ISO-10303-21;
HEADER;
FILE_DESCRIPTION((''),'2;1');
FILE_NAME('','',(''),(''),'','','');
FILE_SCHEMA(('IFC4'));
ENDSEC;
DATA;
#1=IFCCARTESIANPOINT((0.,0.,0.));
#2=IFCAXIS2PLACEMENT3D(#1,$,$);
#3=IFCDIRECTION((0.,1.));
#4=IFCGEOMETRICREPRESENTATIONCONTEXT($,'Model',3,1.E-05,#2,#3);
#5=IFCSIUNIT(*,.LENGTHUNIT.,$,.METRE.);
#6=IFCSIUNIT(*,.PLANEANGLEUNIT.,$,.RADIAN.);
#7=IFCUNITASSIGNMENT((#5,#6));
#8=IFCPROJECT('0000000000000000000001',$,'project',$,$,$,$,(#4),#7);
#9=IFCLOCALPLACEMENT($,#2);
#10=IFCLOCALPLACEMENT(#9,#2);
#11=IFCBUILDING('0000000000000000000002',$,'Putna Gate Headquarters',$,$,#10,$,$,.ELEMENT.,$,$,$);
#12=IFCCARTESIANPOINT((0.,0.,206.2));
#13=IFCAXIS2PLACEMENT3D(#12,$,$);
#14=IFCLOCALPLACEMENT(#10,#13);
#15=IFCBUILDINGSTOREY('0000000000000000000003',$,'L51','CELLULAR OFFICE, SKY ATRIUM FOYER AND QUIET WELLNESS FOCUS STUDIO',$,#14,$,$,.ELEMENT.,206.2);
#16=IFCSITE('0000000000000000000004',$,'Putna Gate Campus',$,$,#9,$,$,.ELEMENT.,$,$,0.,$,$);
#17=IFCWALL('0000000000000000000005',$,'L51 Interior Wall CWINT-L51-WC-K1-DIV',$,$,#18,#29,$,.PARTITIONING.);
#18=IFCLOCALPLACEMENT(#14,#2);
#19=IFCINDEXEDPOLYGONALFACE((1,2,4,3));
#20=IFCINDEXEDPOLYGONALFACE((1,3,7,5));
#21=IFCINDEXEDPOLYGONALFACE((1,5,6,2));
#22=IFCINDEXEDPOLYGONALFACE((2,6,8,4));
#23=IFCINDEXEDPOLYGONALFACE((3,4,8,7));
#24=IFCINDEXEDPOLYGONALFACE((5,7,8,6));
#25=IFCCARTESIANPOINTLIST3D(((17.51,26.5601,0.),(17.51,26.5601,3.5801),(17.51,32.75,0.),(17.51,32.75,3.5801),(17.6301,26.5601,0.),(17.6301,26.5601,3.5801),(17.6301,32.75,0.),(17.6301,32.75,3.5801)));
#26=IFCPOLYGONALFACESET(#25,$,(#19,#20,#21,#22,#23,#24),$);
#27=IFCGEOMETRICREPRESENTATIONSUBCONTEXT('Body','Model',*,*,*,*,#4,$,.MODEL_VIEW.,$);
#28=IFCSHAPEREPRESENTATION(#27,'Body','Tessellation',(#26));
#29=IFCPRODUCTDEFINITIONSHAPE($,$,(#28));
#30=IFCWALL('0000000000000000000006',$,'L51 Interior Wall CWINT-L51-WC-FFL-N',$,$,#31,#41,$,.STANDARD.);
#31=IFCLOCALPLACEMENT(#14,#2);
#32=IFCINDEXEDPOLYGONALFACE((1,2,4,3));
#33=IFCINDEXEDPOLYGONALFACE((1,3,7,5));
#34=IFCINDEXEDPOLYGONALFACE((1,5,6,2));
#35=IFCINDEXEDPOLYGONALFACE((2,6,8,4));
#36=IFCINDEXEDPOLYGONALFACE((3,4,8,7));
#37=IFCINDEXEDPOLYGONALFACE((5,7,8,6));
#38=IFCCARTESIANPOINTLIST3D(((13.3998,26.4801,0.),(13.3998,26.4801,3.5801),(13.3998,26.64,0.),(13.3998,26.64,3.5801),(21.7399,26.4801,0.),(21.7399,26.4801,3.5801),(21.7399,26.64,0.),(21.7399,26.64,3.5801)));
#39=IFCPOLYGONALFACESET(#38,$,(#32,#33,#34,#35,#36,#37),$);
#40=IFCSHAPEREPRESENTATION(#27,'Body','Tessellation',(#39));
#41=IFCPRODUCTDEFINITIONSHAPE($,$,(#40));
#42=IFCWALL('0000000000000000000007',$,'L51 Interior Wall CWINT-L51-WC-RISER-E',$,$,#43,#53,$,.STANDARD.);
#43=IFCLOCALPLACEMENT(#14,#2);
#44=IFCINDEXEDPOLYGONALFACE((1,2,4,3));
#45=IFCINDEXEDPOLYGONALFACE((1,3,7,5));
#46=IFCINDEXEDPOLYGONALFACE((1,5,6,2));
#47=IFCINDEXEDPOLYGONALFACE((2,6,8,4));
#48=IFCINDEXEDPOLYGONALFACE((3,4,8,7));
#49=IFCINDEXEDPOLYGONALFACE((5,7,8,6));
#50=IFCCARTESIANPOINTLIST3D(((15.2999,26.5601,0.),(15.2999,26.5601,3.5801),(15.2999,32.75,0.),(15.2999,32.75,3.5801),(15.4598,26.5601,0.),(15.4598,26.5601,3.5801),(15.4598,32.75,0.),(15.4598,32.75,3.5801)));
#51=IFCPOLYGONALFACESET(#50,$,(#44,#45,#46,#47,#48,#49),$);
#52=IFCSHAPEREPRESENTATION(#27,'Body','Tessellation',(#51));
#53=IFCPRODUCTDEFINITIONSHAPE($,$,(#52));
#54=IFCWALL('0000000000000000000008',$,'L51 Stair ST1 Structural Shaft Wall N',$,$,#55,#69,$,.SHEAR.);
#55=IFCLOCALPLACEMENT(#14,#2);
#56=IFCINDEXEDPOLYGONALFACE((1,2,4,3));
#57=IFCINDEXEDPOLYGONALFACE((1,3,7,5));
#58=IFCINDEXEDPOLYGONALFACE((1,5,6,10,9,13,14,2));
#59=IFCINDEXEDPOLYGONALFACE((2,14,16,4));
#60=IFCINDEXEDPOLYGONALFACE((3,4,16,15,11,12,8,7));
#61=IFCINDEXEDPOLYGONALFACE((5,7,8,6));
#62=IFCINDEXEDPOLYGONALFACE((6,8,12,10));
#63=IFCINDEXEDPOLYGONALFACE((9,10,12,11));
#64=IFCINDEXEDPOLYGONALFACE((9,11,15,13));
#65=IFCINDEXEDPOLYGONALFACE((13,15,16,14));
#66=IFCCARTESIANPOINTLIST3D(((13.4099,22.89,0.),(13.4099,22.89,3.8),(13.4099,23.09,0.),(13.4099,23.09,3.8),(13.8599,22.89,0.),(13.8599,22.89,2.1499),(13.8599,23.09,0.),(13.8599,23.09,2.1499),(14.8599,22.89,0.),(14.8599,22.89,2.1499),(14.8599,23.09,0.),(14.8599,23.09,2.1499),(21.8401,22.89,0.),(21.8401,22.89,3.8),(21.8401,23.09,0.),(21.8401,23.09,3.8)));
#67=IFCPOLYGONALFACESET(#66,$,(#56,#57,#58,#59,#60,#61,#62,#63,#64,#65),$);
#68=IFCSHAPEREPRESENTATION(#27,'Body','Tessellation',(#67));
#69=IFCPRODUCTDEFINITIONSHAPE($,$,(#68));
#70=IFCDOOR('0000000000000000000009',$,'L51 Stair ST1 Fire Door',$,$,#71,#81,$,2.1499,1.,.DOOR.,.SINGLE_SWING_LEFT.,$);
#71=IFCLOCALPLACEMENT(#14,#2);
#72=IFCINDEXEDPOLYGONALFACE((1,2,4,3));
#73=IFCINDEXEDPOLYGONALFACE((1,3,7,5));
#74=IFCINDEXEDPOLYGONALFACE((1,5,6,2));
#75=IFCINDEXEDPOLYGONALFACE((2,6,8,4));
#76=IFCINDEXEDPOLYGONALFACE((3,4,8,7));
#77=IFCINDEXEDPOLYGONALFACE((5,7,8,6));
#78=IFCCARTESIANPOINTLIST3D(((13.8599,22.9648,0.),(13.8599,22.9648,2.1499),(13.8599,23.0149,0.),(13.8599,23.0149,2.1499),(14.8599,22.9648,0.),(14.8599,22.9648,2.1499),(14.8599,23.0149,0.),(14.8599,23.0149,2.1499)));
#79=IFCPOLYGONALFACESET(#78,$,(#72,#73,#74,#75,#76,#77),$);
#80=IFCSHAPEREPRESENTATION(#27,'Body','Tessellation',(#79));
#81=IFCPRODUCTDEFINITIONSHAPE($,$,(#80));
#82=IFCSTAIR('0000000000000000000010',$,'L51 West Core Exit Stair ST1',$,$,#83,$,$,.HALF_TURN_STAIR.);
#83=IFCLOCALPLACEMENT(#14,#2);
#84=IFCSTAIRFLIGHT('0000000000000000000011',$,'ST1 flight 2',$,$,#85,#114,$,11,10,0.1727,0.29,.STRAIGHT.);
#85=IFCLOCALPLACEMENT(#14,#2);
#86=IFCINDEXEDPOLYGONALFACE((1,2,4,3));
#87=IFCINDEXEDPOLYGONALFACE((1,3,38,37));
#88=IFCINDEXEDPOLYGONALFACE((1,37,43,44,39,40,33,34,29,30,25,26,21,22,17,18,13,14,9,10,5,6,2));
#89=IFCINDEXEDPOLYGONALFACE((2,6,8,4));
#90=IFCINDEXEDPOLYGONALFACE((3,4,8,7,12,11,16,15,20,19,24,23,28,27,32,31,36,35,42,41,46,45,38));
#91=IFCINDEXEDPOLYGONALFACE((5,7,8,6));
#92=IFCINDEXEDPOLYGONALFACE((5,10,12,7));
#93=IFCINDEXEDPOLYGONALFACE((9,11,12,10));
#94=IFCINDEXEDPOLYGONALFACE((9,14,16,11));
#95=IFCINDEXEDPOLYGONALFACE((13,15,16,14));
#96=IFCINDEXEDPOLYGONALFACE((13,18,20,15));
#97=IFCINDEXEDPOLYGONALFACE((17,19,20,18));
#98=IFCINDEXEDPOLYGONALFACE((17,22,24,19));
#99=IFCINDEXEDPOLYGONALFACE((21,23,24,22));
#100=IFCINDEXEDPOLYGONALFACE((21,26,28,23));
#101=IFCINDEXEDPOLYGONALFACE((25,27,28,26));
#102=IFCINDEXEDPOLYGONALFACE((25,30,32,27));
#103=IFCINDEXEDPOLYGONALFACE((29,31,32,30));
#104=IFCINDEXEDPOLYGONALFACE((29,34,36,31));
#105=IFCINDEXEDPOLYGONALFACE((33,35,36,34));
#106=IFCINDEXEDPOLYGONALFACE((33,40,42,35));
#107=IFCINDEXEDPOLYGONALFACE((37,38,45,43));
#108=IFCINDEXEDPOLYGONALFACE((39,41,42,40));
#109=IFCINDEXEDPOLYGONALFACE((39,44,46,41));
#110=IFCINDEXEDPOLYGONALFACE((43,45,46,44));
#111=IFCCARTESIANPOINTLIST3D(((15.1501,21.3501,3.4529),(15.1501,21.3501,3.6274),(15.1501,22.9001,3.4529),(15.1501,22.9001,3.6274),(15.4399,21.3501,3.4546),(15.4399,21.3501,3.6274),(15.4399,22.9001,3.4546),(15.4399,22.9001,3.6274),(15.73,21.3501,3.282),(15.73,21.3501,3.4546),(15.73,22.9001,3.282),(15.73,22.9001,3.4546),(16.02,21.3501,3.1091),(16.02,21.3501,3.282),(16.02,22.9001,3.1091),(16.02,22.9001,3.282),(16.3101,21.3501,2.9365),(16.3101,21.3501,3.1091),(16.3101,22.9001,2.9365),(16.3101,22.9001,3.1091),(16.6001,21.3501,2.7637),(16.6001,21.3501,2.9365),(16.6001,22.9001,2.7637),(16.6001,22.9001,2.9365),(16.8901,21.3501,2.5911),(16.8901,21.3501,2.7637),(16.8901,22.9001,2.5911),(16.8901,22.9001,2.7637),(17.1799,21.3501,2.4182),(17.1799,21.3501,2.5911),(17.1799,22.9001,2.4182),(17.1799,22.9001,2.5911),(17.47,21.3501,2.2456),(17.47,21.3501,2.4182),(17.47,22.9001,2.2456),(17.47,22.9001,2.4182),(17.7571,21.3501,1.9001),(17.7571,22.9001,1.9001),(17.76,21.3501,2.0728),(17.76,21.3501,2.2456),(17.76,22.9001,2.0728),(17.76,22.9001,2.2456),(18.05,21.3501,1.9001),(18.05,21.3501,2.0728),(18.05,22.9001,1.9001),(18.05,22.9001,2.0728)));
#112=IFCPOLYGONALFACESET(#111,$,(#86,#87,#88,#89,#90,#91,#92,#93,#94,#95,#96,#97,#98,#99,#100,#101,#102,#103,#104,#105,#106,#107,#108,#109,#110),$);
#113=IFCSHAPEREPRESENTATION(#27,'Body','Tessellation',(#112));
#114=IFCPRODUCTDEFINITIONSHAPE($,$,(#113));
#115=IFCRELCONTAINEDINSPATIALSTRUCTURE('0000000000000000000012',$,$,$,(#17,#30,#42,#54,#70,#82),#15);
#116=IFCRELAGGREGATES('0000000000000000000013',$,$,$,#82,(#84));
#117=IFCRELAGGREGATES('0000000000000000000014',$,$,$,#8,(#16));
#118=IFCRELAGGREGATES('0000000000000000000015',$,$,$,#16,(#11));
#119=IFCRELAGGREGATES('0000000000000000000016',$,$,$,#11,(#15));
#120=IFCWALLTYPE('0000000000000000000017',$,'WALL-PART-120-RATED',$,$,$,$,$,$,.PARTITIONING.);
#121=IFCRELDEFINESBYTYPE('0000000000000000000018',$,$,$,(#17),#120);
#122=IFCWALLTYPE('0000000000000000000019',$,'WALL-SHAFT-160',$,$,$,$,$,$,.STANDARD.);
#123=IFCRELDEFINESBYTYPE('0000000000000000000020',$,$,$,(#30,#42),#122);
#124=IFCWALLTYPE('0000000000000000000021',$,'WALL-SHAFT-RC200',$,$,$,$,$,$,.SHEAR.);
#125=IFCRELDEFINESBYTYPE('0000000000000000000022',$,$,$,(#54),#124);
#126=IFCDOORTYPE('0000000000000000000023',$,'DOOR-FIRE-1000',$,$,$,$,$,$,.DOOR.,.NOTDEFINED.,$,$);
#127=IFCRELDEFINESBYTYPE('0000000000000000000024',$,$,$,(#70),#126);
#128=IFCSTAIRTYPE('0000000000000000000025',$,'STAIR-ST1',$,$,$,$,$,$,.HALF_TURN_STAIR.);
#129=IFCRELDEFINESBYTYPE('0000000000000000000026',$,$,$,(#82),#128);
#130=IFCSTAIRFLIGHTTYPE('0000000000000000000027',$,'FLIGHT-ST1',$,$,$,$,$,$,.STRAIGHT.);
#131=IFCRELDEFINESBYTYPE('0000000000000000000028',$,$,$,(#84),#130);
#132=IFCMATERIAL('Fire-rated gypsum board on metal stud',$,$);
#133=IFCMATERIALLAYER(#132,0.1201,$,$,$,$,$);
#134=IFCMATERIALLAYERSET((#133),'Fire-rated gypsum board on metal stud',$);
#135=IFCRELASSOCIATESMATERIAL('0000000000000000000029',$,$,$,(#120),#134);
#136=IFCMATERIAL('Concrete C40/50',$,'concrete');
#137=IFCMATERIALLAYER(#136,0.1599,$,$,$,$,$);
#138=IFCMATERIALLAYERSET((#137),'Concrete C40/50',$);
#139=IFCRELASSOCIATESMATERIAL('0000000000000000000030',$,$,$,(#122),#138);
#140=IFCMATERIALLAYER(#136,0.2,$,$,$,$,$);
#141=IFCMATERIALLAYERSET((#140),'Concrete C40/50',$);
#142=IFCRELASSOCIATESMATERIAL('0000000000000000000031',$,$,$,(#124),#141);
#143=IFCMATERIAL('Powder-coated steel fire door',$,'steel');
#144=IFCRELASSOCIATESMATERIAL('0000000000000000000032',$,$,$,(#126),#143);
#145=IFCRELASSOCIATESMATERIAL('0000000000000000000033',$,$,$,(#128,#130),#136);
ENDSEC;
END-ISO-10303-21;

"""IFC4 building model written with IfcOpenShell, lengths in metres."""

from ifc_helpers import new_model, si_unit, direction, frame, frame_2d, origin, place, context, subcontext, project, spatial, polyline, rectangle, outline, extrude, material, layer, layer_set, type_object, element, fill, aggregate, save


model = new_model("IFC4")

# Units and contexts
model_context = context("Model", 3, precision=1e-05, world=origin(), true_north=direction((0.0, 1.0)))
body_context = subcontext(model_context, "Body", "Model", "MODEL_VIEW")
ifc_project = project(units=[si_unit("LENGTHUNIT", "METRE"), si_unit("PLANEANGLEUNIT", "RADIAN")], contexts=[model_context])

# Site, building, storey
site_placement = place(None, origin())
site = spatial("IfcSite", under=ifc_project, at=site_placement, Name="Putna Gate Campus", CompositionType="ELEMENT", RefElevation=0.0)
building_placement = place(site_placement, origin())
building = spatial("IfcBuilding", under=site, at=building_placement, Name="Putna Gate Headquarters", CompositionType="ELEMENT")
storey_placement = place(building_placement, frame((0.0, 0.0, 206.2)))
storey = spatial("IfcBuildingStorey", under=building, at=storey_placement, Name="L51", Description="CELLULAR OFFICE, SKY ATRIUM FOYER AND QUIET WELLNESS FOCUS STUDIO", CompositionType="ELEMENT", Elevation=206.2)

# Walls
ifc_material_1 = material(Name="Fire-rated gypsum board on metal stud")
ifc_layer_1 = layer(ifc_material_1, 0.1201)
ifc_layer_set_1 = layer_set([ifc_layer_1], Name="Fire-rated gypsum board on metal stud")
wall_type_1 = type_object("IfcWallType", Name="WALL-PART-120-RATED", PredefinedType="PARTITIONING", material=ifc_layer_set_1)
wall_1_placement = place(storey_placement, frame((17.5701, 26.5601, 0.0), z_axis=(0.0, 0.0, 1.0), x_axis=(0.0, 1.0, 0.0)))
element("IfcWall", 1, at=wall_1_placement, inside=storey, type_object=wall_type_1, Name="L51 Interior Wall CWINT-L51-WC-K1-DIV", PredefinedType="PARTITIONING", context=body_context, shape_type="SweptSolid", body=[
    extrude(rectangle(XDim=6.1899, YDim=0.1201, at=frame_2d((3.095, 0.0))), origin(), (0.0, 0.0, 1.0), 3.5801),
])
ifc_material_2 = material(Name="Concrete C40/50", Category="concrete")
ifc_layer_2 = layer(ifc_material_2, 0.1599)
ifc_layer_set_2 = layer_set([ifc_layer_2], Name="Concrete C40/50")
wall_type_2 = type_object("IfcWallType", Name="WALL-SHAFT-160", PredefinedType="STANDARD", material=ifc_layer_set_2)
wall_2_placement = place(storey_placement, frame((13.3999, 26.5601, 0.0), z_axis=(0.0, 0.0, 1.0), x_axis=(1.0, 0.0, 0.0)))
element("IfcWall", 2, at=wall_2_placement, inside=storey, type_object=wall_type_2, Name="L51 Interior Wall CWINT-L51-WC-FFL-N", PredefinedType="STANDARD", context=body_context, shape_type="SweptSolid", body=[
    extrude(rectangle(XDim=8.3401, YDim=0.1599, at=frame_2d((4.1699, 0.0))), origin(), (0.0, 0.0, 1.0), 3.5801),
])
wall_3_placement = place(storey_placement, frame((15.3799, 26.5601, 0.0), z_axis=(0.0, 0.0, 1.0), x_axis=(0.0, 1.0, 0.0)))
element("IfcWall", 3, at=wall_3_placement, inside=storey, type_object=wall_type_2, Name="L51 Interior Wall CWINT-L51-WC-RISER-E", PredefinedType="STANDARD", context=body_context, shape_type="SweptSolid", body=[
    extrude(rectangle(XDim=6.1899, YDim=0.1599, at=frame_2d((3.095, 0.0))), origin(), (0.0, 0.0, 1.0), 3.5801),
])

# Wall, opening, door
ifc_layer_3 = layer(ifc_material_2, 0.2)
ifc_layer_set_3 = layer_set([ifc_layer_3], Name="Concrete C40/50")
wall_type_3 = type_object("IfcWallType", Name="WALL-SHAFT-RC200", PredefinedType="SHEAR", material=ifc_layer_set_3)
wall_4_placement = place(storey_placement, frame((13.4099, 22.99, 0.0), z_axis=(0.0, 0.0, 1.0), x_axis=(1.0, 0.0, 0.0)))
wall_4 = element("IfcWall", 4, at=wall_4_placement, inside=storey, type_object=wall_type_3, Name="L51 Stair ST1 Structural Shaft Wall N", PredefinedType="SHEAR", context=body_context, shape_type="SweptSolid", body=[
    extrude(rectangle(XDim=8.4302, YDim=0.2, at=frame_2d((4.2151, 0.0))), origin(), (0.0, 0.0, 1.0), 3.8),
])
opening_1_placement = place(wall_4_placement, frame((0.45, 0.0, 0.0)))
opening_1 = element("IfcOpeningElement", 5, at=opening_1_placement, cuts=wall_4, PredefinedType="OPENING", context=body_context, shape_type="SweptSolid", body=[
    extrude(rectangle(XDim=1.0, YDim=2.1499, at=frame_2d((0.5, 1.075))), frame((0.0, 0.1099, 0.0), z_axis=(0.0, -1.0, 0.0), x_axis=(1.0, 0.0, 0.0)), (0.0, 0.0, 1.0), 0.22),
])
ifc_material_3 = material(Name="Powder-coated steel fire door", Category="steel")
door_type_1 = type_object("IfcDoorType", Name="DOOR-FIRE-1000", OperationType="NOTDEFINED", PredefinedType="DOOR", material=ifc_material_3)
door_1_placement = place(opening_1_placement, origin())
door_1 = element("IfcDoor", 6, at=door_1_placement, inside=storey, type_object=door_type_1, Name="L51 Stair ST1 Fire Door", OperationType="SINGLE_SWING_LEFT", OverallHeight=2.1499, OverallWidth=1.0, PredefinedType="DOOR", context=body_context, shape_type="SweptSolid", body=[
    extrude(rectangle(XDim=1.0, YDim=2.1499, at=frame_2d((0.5, 1.075))), frame((0.0, 0.0249, 0.0), z_axis=(0.0, -1.0, 0.0), x_axis=(1.0, 0.0, 0.0)), (0.0, 0.0, 1.0), 0.05),
])
fill(opening_1, door_1)

# Stair, stair flight
stair_type = type_object("IfcStairType", Name="STAIR-ST1", PredefinedType="HALF_TURN_STAIR", material=ifc_material_2)
stair_placement = place(storey_placement, origin())
stair = element("IfcStair", 7, at=stair_placement, inside=storey, type_object=stair_type, Name="L51 West Core Exit Stair ST1", PredefinedType="HALF_TURN_STAIR")
stair_flight_type = type_object("IfcStairFlightType", Name="FLIGHT-ST1", PredefinedType="STRAIGHT", material=ifc_material_2)
stair_flight_placement = place(storey_placement, frame((18.05, 22.125, 1.9001), z_axis=(0.0, 0.0, 1.0), x_axis=(-1.0, 0.0, 0.0)))
stair_flight = element("IfcStairFlight", 8, at=stair_flight_placement, type_object=stair_flight_type, Name="ST1 flight 2", NumberOfRisers=11, NumberOfTreads=10, PredefinedType="STRAIGHT", RiserHeight=0.1727, TreadLength=0.29, context=body_context, shape_type="SweptSolid", body=[
    extrude(outline(polyline([(0.0, 0.0), (0.0, 0.1726), (0.29, 0.1726), (0.29, 0.3455), (0.5801, 0.3455), (0.5801, 0.5181), (0.8701, 0.5181), (0.8701, 0.6909), (1.1599, 0.6909), (1.1599, 0.8635), (1.45, 0.8635), (1.45, 1.0364), (1.74, 1.0364), (1.74, 1.209), (2.03, 1.209), (2.03, 1.3818), (2.3201, 1.3818), (2.3201, 1.5544), (2.6101, 1.5544), (2.6101, 1.7273), (2.8999, 1.7273), (2.8999, 1.8999), (2.8999, 1.5527), (0.293, 0.0), (0.0, 0.0)])), frame((0.0, 0.7749, 0.0), z_axis=(0.0, -1.0, 0.0), x_axis=(1.0, 0.0, 0.0)), (0.0, 0.0, 1.0), 1.55),
])
aggregate(stair, [stair_flight])

save(model, "model.ifc")
